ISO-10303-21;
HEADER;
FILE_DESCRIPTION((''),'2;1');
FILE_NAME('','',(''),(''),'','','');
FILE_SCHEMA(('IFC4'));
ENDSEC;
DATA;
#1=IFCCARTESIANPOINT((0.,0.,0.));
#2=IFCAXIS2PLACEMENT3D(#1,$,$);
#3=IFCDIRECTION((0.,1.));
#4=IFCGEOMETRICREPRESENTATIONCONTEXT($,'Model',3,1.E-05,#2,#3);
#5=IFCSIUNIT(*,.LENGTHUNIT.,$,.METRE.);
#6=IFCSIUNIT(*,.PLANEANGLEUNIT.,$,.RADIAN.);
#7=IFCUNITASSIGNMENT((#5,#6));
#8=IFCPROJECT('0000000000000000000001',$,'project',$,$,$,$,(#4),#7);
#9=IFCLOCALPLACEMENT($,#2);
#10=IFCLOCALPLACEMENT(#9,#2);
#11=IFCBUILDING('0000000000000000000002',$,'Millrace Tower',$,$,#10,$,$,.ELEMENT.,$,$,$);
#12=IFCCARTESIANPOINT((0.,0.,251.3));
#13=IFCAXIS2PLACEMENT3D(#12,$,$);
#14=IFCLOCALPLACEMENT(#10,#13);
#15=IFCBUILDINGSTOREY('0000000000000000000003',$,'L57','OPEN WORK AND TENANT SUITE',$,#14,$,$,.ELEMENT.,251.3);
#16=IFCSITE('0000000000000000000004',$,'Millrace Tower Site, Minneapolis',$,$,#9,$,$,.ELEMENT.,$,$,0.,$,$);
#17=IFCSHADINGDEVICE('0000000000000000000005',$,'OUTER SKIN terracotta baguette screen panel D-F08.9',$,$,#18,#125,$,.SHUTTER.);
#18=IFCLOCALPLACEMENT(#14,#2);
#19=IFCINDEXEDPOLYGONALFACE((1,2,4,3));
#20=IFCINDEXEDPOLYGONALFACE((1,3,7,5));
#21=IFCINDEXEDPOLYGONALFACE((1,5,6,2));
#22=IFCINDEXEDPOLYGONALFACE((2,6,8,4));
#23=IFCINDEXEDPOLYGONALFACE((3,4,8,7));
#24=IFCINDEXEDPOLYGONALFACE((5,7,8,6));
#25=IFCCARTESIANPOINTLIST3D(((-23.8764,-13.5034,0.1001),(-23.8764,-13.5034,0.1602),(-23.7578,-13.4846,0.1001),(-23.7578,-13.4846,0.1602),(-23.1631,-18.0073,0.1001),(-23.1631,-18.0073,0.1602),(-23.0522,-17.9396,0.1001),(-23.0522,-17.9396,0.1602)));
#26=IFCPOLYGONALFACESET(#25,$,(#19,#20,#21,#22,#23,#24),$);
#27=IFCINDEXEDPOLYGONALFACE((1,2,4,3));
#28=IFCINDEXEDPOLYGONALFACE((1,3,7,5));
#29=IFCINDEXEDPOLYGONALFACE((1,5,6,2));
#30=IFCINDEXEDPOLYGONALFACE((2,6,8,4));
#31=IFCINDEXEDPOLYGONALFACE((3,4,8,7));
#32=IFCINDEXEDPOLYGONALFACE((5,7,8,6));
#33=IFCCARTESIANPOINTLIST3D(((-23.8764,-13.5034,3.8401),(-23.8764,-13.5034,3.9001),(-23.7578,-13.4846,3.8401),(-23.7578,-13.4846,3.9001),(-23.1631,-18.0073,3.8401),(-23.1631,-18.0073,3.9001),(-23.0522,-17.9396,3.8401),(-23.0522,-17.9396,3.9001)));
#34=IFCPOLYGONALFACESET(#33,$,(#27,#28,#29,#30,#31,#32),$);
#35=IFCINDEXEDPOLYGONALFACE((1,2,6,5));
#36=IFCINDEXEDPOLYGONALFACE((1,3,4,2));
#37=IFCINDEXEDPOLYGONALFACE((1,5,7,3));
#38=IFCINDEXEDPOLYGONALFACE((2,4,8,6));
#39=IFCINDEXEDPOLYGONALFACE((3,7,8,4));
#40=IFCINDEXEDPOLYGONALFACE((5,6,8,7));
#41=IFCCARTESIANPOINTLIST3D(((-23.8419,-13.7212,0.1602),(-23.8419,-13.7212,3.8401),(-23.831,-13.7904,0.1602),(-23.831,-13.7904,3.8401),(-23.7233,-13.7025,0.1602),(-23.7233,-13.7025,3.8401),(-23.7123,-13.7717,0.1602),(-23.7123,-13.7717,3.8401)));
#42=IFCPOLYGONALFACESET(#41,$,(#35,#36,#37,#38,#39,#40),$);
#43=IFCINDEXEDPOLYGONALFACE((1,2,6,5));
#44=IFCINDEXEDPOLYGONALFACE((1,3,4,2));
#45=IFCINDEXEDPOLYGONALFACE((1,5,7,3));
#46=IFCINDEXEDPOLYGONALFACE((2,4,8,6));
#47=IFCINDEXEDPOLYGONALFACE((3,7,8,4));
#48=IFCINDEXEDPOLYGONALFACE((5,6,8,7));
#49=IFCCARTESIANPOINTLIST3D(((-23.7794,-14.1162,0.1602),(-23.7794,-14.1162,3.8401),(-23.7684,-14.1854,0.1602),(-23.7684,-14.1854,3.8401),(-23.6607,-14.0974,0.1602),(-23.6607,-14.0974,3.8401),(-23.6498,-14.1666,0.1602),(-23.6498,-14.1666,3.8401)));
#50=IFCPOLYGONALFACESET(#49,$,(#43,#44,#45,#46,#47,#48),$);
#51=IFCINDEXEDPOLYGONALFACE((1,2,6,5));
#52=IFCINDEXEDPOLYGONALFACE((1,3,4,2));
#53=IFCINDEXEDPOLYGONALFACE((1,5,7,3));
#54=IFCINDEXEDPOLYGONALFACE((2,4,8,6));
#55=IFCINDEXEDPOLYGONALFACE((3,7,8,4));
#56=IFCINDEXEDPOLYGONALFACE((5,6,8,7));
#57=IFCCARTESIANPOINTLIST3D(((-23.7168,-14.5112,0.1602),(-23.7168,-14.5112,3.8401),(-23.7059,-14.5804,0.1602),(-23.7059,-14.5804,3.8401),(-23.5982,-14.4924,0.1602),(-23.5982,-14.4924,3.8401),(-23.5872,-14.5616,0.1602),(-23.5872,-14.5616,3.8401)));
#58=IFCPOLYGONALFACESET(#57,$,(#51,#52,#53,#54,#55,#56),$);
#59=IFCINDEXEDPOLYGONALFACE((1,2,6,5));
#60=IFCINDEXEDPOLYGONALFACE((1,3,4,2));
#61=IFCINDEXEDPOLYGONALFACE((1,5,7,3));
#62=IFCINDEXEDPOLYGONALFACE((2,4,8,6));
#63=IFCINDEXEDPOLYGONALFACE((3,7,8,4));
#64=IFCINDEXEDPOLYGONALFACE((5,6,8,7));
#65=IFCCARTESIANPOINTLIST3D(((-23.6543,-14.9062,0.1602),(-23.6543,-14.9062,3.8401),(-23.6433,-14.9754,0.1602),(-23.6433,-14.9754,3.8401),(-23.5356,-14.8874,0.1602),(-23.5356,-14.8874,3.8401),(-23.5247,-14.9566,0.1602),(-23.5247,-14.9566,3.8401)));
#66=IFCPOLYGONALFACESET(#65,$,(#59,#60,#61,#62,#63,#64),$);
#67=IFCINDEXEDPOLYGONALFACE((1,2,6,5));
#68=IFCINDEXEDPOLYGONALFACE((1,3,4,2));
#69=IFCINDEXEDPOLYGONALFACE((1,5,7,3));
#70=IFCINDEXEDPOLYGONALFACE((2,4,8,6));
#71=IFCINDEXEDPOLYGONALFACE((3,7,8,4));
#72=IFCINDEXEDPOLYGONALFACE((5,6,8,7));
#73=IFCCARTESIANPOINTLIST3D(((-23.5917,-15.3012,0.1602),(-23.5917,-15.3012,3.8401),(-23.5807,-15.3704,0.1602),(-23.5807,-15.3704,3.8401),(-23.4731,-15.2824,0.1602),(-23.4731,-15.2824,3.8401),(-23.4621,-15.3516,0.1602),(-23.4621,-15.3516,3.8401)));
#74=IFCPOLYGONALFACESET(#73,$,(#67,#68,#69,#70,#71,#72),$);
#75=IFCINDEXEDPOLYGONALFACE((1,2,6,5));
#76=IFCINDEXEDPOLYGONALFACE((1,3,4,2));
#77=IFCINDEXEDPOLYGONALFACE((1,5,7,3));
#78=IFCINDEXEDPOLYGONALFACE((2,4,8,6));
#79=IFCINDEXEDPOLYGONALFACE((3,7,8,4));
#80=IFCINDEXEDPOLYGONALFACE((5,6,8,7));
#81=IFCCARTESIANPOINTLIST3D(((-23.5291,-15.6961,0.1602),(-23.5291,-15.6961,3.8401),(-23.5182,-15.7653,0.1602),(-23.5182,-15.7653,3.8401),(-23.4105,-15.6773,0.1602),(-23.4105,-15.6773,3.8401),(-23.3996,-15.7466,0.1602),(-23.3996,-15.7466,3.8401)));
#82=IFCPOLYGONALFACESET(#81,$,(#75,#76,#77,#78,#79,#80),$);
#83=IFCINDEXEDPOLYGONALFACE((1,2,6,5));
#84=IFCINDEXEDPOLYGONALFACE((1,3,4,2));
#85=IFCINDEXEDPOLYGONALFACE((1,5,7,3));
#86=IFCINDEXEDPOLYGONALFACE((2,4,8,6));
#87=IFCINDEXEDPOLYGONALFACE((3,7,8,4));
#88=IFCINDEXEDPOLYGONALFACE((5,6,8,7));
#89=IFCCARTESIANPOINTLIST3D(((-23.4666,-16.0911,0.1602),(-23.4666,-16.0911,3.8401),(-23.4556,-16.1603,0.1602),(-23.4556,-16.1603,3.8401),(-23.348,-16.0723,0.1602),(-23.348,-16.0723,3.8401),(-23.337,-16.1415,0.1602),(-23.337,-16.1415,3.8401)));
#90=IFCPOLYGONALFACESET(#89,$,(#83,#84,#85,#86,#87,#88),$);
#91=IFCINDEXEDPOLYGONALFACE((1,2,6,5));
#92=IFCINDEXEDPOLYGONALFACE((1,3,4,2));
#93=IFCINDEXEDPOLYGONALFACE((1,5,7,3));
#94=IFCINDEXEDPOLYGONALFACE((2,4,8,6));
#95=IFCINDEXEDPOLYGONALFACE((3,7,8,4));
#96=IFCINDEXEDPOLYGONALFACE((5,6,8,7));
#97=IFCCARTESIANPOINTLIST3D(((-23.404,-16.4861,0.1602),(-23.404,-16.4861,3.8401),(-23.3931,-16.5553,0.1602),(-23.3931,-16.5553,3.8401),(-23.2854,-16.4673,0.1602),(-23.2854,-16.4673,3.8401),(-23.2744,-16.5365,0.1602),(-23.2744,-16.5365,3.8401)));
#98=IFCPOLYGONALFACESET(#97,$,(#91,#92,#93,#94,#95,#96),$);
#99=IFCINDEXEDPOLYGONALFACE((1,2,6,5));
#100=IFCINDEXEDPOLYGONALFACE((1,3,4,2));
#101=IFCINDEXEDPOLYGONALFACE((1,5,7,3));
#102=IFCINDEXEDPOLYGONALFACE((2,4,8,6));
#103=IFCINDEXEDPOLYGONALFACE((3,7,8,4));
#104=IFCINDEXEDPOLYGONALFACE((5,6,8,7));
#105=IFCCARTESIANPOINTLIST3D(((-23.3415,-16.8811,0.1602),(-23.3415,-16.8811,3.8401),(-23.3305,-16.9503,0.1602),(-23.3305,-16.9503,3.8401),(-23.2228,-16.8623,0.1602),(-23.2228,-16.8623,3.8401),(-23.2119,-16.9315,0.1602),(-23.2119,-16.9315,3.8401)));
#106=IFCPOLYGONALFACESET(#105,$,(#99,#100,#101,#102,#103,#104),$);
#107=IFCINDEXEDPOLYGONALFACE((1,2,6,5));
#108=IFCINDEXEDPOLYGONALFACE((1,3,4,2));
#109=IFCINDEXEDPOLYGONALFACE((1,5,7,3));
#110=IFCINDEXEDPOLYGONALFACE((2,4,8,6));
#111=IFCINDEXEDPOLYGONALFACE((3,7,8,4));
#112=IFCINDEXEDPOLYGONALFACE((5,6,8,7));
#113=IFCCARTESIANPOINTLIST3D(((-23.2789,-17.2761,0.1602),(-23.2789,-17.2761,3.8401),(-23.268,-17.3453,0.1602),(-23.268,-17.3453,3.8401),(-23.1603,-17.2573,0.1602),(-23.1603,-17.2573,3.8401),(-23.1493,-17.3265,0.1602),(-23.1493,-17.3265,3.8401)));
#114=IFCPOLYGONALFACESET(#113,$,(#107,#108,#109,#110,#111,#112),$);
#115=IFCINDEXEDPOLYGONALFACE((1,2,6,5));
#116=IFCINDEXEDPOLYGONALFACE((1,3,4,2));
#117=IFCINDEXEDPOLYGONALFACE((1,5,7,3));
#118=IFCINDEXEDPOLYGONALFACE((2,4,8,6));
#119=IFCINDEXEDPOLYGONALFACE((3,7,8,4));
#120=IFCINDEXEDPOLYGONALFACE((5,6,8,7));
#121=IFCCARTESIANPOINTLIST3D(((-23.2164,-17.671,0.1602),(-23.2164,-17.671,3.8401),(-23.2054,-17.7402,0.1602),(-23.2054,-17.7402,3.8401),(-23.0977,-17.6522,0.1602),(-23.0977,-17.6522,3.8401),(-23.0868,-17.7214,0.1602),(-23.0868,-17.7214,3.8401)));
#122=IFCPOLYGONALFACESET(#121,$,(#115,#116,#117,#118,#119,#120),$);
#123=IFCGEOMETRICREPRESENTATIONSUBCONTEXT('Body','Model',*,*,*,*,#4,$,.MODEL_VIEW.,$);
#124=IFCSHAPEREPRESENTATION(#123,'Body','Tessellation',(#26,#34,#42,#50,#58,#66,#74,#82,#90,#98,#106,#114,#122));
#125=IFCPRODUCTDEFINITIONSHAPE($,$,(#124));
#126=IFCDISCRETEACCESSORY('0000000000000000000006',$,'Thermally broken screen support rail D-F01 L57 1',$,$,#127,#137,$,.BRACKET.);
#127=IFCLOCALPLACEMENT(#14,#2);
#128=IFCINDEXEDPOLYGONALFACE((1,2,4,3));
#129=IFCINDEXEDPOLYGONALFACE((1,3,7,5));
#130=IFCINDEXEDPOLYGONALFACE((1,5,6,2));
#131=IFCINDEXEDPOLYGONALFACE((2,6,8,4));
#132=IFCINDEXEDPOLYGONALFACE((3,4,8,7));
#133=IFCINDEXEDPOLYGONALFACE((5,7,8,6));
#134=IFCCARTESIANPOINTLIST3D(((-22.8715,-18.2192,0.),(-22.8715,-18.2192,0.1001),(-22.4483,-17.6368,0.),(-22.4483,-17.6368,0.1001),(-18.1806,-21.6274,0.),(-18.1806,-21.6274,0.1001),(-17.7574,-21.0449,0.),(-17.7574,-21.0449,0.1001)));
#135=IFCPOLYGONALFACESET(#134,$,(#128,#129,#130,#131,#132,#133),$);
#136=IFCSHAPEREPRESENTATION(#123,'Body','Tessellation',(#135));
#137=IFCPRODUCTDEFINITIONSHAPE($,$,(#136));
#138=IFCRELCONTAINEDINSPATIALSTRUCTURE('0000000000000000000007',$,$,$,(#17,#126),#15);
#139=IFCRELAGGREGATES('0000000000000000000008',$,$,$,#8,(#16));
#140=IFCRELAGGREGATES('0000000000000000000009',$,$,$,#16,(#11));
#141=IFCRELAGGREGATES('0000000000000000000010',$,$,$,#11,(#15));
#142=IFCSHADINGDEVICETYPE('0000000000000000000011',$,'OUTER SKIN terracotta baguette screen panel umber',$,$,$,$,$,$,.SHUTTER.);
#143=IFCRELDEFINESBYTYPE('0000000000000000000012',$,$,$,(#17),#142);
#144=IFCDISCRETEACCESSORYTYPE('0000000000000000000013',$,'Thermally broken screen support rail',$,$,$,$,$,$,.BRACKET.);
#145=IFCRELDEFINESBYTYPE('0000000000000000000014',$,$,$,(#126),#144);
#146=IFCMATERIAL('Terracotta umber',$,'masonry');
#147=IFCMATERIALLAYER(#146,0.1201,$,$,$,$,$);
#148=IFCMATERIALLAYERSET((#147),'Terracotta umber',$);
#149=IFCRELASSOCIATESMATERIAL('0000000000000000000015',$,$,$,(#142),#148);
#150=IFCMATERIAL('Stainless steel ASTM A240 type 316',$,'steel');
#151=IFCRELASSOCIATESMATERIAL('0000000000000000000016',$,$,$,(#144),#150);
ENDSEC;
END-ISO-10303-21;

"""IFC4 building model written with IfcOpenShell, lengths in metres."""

from ifc_helpers import new_model, entity, si_unit, direction, frame, frame_2d, origin, origin_2d, place, context, subcontext, project, spatial, rectangle, extrude, source, transform, mapped, material, layer, layer_set, type_object, element, save


model = new_model("IFC4")

# Units and contexts
model_context = context("Model", 3, precision=1e-05, world=origin(), true_north=direction((0.0, 1.0)))
body_context = subcontext(model_context, "Body", "Model", "MODEL_VIEW")
ifc_project = project(units=[si_unit("LENGTHUNIT", "METRE"), si_unit("PLANEANGLEUNIT", "RADIAN")], contexts=[model_context])

# Site, building, storey
site_placement = place(None, origin())
site = spatial("IfcSite", under=ifc_project, at=site_placement, Name="Millrace Tower Site, Minneapolis", CompositionType="ELEMENT", RefElevation=0.0)
building_placement = place(site_placement, origin())
building = spatial("IfcBuilding", under=site, at=building_placement, Name="Millrace Tower", CompositionType="ELEMENT")
storey_placement = place(building_placement, frame((0.0, 0.0, 251.3)))
storey = spatial("IfcBuildingStorey", under=building, at=storey_placement, Name="L57", Description="OPEN WORK AND TENANT SUITE", CompositionType="ELEMENT", Elevation=251.3)

# Shading device
ifc_material_1 = material(Name="Terracotta umber", Category="masonry")
ifc_layer_1 = layer(ifc_material_1, 0.1201)
ifc_layer_set_1 = layer_set([ifc_layer_1], Name="Terracotta umber")
shading_device_type = type_object("IfcShadingDeviceType", Name="OUTER SKIN terracotta baguette screen panel umber", PredefinedType="SHUTTER", material=ifc_layer_set_1)
cartesian_point_1 = entity("IfcCartesianPoint", [-2.2676, 0.0601])
shared_polyline_1 = entity("IfcPolyline", [cartesian_point_1, entity("IfcCartesianPoint", [2.2429, 0.0601]), entity("IfcCartesianPoint", [2.2925, -0.0601]), entity("IfcCartesianPoint", [-2.2676, -0.0601]), cartesian_point_1])
shared_shape_1 = source(origin(), body_context, "Body", "SweptSolid", [
    entity("IfcExtrudedAreaSolid", entity("IfcArbitraryClosedProfileDef", "AREA", None, shared_polyline_1), entity("IfcAxis2Placement3D", entity("IfcCartesianPoint", [0.0, 0.0, 0.0])), entity("IfcDirection", [0.0, 0.0, 1.0]), 0.0601),
    entity("IfcExtrudedAreaSolid", entity("IfcArbitraryClosedProfileDef", "AREA", None, shared_polyline_1), entity("IfcAxis2Placement3D", entity("IfcCartesianPoint", [0.0, 0.0, 3.74])), entity("IfcDirection", [0.0, 0.0, 1.0]), 0.0601),
    extrude(rectangle(XDim=0.0701, YDim=0.1201, at=frame_2d((-2.012, 0.0))), frame((0.0, 0.0, 0.0601)), (0.0, 0.0, 1.0), 3.6799),
    extrude(rectangle(XDim=0.0701, YDim=0.1201, at=frame_2d((-1.6121, 0.0))), frame((0.0, 0.0, 0.0601)), (0.0, 0.0, 1.0), 3.6799),
    extrude(rectangle(XDim=0.0701, YDim=0.1201, at=frame_2d((-1.2122, 0.0))), frame((0.0, 0.0, 0.0601)), (0.0, 0.0, 1.0), 3.6799),
    extrude(rectangle(XDim=0.0701, YDim=0.1201, at=frame_2d((-0.8123, 0.0))), frame((0.0, 0.0, 0.0601)), (0.0, 0.0, 1.0), 3.6799),
    extrude(rectangle(XDim=0.0701, YDim=0.1201, at=frame_2d((-0.4124, 0.0))), frame((0.0, 0.0, 0.0601)), (0.0, 0.0, 1.0), 3.6799),
    extrude(rectangle(XDim=0.0701, YDim=0.1201, at=frame_2d((-0.0125, 0.0))), frame((0.0, 0.0, 0.0601)), (0.0, 0.0, 1.0), 3.6799),
    extrude(rectangle(XDim=0.0701, YDim=0.1201, at=frame_2d((0.3875, 0.0))), frame((0.0, 0.0, 0.0601)), (0.0, 0.0, 1.0), 3.6799),
    extrude(rectangle(XDim=0.0701, YDim=0.1201, at=frame_2d((0.7874, 0.0))), frame((0.0, 0.0, 0.0601)), (0.0, 0.0, 1.0), 3.6799),
    extrude(rectangle(XDim=0.0701, YDim=0.1201, at=frame_2d((1.1873, 0.0))), frame((0.0, 0.0, 0.0601)), (0.0, 0.0, 1.0), 3.6799),
    extrude(rectangle(XDim=0.0701, YDim=0.1201, at=frame_2d((1.5872, 0.0))), frame((0.0, 0.0, 0.0601)), (0.0, 0.0, 1.0), 3.6799),
    extrude(rectangle(XDim=0.0701, YDim=0.1201, at=frame_2d((1.9871, 0.0))), frame((0.0, 0.0, 0.0601)), (0.0, 0.0, 1.0), 3.6799),
])
shading_device_1_placement = place(storey_placement, frame((-23.4624, -15.7336, 0.1001), z_axis=(0.0, 0.0, 1.0), x_axis=(0.156434, -0.987688, 0.0)))
element("IfcShadingDevice", 1, at=shading_device_1_placement, inside=storey, type_object=shading_device_type, Name="OUTER SKIN terracotta baguette screen panel D-F08.9", PredefinedType="SHUTTER", context=body_context, shape_type="MappedRepresentation", body=[
    mapped(shared_shape_1, transform((0.0, 0.0, 0.0), scale=1.0)),
])

# Discrete accessory
ifc_material_2 = material(Name="Stainless steel ASTM A240 type 316", Category="steel")
discrete_accessory_type = type_object("IfcDiscreteAccessoryType", Name="Thermally broken screen support rail", PredefinedType="BRACKET", material=ifc_material_2)
discrete_accessory_placement = place(storey_placement, frame((-20.3145, -19.6321, 0.0), z_axis=(0.0, 0.0, 1.0), x_axis=(0.809017, -0.587785, 0.0)))
element("IfcDiscreteAccessory", 2, at=discrete_accessory_placement, inside=storey, type_object=discrete_accessory_type, Name="Thermally broken screen support rail D-F01 L57 1", PredefinedType="BRACKET", context=body_context, shape_type="SweptSolid", body=[
    extrude(rectangle(XDim=5.7983, YDim=0.72, at=origin_2d()), origin(), (0.0, 0.0, 1.0), 0.1001),
])

save(model, "model.ifc")
